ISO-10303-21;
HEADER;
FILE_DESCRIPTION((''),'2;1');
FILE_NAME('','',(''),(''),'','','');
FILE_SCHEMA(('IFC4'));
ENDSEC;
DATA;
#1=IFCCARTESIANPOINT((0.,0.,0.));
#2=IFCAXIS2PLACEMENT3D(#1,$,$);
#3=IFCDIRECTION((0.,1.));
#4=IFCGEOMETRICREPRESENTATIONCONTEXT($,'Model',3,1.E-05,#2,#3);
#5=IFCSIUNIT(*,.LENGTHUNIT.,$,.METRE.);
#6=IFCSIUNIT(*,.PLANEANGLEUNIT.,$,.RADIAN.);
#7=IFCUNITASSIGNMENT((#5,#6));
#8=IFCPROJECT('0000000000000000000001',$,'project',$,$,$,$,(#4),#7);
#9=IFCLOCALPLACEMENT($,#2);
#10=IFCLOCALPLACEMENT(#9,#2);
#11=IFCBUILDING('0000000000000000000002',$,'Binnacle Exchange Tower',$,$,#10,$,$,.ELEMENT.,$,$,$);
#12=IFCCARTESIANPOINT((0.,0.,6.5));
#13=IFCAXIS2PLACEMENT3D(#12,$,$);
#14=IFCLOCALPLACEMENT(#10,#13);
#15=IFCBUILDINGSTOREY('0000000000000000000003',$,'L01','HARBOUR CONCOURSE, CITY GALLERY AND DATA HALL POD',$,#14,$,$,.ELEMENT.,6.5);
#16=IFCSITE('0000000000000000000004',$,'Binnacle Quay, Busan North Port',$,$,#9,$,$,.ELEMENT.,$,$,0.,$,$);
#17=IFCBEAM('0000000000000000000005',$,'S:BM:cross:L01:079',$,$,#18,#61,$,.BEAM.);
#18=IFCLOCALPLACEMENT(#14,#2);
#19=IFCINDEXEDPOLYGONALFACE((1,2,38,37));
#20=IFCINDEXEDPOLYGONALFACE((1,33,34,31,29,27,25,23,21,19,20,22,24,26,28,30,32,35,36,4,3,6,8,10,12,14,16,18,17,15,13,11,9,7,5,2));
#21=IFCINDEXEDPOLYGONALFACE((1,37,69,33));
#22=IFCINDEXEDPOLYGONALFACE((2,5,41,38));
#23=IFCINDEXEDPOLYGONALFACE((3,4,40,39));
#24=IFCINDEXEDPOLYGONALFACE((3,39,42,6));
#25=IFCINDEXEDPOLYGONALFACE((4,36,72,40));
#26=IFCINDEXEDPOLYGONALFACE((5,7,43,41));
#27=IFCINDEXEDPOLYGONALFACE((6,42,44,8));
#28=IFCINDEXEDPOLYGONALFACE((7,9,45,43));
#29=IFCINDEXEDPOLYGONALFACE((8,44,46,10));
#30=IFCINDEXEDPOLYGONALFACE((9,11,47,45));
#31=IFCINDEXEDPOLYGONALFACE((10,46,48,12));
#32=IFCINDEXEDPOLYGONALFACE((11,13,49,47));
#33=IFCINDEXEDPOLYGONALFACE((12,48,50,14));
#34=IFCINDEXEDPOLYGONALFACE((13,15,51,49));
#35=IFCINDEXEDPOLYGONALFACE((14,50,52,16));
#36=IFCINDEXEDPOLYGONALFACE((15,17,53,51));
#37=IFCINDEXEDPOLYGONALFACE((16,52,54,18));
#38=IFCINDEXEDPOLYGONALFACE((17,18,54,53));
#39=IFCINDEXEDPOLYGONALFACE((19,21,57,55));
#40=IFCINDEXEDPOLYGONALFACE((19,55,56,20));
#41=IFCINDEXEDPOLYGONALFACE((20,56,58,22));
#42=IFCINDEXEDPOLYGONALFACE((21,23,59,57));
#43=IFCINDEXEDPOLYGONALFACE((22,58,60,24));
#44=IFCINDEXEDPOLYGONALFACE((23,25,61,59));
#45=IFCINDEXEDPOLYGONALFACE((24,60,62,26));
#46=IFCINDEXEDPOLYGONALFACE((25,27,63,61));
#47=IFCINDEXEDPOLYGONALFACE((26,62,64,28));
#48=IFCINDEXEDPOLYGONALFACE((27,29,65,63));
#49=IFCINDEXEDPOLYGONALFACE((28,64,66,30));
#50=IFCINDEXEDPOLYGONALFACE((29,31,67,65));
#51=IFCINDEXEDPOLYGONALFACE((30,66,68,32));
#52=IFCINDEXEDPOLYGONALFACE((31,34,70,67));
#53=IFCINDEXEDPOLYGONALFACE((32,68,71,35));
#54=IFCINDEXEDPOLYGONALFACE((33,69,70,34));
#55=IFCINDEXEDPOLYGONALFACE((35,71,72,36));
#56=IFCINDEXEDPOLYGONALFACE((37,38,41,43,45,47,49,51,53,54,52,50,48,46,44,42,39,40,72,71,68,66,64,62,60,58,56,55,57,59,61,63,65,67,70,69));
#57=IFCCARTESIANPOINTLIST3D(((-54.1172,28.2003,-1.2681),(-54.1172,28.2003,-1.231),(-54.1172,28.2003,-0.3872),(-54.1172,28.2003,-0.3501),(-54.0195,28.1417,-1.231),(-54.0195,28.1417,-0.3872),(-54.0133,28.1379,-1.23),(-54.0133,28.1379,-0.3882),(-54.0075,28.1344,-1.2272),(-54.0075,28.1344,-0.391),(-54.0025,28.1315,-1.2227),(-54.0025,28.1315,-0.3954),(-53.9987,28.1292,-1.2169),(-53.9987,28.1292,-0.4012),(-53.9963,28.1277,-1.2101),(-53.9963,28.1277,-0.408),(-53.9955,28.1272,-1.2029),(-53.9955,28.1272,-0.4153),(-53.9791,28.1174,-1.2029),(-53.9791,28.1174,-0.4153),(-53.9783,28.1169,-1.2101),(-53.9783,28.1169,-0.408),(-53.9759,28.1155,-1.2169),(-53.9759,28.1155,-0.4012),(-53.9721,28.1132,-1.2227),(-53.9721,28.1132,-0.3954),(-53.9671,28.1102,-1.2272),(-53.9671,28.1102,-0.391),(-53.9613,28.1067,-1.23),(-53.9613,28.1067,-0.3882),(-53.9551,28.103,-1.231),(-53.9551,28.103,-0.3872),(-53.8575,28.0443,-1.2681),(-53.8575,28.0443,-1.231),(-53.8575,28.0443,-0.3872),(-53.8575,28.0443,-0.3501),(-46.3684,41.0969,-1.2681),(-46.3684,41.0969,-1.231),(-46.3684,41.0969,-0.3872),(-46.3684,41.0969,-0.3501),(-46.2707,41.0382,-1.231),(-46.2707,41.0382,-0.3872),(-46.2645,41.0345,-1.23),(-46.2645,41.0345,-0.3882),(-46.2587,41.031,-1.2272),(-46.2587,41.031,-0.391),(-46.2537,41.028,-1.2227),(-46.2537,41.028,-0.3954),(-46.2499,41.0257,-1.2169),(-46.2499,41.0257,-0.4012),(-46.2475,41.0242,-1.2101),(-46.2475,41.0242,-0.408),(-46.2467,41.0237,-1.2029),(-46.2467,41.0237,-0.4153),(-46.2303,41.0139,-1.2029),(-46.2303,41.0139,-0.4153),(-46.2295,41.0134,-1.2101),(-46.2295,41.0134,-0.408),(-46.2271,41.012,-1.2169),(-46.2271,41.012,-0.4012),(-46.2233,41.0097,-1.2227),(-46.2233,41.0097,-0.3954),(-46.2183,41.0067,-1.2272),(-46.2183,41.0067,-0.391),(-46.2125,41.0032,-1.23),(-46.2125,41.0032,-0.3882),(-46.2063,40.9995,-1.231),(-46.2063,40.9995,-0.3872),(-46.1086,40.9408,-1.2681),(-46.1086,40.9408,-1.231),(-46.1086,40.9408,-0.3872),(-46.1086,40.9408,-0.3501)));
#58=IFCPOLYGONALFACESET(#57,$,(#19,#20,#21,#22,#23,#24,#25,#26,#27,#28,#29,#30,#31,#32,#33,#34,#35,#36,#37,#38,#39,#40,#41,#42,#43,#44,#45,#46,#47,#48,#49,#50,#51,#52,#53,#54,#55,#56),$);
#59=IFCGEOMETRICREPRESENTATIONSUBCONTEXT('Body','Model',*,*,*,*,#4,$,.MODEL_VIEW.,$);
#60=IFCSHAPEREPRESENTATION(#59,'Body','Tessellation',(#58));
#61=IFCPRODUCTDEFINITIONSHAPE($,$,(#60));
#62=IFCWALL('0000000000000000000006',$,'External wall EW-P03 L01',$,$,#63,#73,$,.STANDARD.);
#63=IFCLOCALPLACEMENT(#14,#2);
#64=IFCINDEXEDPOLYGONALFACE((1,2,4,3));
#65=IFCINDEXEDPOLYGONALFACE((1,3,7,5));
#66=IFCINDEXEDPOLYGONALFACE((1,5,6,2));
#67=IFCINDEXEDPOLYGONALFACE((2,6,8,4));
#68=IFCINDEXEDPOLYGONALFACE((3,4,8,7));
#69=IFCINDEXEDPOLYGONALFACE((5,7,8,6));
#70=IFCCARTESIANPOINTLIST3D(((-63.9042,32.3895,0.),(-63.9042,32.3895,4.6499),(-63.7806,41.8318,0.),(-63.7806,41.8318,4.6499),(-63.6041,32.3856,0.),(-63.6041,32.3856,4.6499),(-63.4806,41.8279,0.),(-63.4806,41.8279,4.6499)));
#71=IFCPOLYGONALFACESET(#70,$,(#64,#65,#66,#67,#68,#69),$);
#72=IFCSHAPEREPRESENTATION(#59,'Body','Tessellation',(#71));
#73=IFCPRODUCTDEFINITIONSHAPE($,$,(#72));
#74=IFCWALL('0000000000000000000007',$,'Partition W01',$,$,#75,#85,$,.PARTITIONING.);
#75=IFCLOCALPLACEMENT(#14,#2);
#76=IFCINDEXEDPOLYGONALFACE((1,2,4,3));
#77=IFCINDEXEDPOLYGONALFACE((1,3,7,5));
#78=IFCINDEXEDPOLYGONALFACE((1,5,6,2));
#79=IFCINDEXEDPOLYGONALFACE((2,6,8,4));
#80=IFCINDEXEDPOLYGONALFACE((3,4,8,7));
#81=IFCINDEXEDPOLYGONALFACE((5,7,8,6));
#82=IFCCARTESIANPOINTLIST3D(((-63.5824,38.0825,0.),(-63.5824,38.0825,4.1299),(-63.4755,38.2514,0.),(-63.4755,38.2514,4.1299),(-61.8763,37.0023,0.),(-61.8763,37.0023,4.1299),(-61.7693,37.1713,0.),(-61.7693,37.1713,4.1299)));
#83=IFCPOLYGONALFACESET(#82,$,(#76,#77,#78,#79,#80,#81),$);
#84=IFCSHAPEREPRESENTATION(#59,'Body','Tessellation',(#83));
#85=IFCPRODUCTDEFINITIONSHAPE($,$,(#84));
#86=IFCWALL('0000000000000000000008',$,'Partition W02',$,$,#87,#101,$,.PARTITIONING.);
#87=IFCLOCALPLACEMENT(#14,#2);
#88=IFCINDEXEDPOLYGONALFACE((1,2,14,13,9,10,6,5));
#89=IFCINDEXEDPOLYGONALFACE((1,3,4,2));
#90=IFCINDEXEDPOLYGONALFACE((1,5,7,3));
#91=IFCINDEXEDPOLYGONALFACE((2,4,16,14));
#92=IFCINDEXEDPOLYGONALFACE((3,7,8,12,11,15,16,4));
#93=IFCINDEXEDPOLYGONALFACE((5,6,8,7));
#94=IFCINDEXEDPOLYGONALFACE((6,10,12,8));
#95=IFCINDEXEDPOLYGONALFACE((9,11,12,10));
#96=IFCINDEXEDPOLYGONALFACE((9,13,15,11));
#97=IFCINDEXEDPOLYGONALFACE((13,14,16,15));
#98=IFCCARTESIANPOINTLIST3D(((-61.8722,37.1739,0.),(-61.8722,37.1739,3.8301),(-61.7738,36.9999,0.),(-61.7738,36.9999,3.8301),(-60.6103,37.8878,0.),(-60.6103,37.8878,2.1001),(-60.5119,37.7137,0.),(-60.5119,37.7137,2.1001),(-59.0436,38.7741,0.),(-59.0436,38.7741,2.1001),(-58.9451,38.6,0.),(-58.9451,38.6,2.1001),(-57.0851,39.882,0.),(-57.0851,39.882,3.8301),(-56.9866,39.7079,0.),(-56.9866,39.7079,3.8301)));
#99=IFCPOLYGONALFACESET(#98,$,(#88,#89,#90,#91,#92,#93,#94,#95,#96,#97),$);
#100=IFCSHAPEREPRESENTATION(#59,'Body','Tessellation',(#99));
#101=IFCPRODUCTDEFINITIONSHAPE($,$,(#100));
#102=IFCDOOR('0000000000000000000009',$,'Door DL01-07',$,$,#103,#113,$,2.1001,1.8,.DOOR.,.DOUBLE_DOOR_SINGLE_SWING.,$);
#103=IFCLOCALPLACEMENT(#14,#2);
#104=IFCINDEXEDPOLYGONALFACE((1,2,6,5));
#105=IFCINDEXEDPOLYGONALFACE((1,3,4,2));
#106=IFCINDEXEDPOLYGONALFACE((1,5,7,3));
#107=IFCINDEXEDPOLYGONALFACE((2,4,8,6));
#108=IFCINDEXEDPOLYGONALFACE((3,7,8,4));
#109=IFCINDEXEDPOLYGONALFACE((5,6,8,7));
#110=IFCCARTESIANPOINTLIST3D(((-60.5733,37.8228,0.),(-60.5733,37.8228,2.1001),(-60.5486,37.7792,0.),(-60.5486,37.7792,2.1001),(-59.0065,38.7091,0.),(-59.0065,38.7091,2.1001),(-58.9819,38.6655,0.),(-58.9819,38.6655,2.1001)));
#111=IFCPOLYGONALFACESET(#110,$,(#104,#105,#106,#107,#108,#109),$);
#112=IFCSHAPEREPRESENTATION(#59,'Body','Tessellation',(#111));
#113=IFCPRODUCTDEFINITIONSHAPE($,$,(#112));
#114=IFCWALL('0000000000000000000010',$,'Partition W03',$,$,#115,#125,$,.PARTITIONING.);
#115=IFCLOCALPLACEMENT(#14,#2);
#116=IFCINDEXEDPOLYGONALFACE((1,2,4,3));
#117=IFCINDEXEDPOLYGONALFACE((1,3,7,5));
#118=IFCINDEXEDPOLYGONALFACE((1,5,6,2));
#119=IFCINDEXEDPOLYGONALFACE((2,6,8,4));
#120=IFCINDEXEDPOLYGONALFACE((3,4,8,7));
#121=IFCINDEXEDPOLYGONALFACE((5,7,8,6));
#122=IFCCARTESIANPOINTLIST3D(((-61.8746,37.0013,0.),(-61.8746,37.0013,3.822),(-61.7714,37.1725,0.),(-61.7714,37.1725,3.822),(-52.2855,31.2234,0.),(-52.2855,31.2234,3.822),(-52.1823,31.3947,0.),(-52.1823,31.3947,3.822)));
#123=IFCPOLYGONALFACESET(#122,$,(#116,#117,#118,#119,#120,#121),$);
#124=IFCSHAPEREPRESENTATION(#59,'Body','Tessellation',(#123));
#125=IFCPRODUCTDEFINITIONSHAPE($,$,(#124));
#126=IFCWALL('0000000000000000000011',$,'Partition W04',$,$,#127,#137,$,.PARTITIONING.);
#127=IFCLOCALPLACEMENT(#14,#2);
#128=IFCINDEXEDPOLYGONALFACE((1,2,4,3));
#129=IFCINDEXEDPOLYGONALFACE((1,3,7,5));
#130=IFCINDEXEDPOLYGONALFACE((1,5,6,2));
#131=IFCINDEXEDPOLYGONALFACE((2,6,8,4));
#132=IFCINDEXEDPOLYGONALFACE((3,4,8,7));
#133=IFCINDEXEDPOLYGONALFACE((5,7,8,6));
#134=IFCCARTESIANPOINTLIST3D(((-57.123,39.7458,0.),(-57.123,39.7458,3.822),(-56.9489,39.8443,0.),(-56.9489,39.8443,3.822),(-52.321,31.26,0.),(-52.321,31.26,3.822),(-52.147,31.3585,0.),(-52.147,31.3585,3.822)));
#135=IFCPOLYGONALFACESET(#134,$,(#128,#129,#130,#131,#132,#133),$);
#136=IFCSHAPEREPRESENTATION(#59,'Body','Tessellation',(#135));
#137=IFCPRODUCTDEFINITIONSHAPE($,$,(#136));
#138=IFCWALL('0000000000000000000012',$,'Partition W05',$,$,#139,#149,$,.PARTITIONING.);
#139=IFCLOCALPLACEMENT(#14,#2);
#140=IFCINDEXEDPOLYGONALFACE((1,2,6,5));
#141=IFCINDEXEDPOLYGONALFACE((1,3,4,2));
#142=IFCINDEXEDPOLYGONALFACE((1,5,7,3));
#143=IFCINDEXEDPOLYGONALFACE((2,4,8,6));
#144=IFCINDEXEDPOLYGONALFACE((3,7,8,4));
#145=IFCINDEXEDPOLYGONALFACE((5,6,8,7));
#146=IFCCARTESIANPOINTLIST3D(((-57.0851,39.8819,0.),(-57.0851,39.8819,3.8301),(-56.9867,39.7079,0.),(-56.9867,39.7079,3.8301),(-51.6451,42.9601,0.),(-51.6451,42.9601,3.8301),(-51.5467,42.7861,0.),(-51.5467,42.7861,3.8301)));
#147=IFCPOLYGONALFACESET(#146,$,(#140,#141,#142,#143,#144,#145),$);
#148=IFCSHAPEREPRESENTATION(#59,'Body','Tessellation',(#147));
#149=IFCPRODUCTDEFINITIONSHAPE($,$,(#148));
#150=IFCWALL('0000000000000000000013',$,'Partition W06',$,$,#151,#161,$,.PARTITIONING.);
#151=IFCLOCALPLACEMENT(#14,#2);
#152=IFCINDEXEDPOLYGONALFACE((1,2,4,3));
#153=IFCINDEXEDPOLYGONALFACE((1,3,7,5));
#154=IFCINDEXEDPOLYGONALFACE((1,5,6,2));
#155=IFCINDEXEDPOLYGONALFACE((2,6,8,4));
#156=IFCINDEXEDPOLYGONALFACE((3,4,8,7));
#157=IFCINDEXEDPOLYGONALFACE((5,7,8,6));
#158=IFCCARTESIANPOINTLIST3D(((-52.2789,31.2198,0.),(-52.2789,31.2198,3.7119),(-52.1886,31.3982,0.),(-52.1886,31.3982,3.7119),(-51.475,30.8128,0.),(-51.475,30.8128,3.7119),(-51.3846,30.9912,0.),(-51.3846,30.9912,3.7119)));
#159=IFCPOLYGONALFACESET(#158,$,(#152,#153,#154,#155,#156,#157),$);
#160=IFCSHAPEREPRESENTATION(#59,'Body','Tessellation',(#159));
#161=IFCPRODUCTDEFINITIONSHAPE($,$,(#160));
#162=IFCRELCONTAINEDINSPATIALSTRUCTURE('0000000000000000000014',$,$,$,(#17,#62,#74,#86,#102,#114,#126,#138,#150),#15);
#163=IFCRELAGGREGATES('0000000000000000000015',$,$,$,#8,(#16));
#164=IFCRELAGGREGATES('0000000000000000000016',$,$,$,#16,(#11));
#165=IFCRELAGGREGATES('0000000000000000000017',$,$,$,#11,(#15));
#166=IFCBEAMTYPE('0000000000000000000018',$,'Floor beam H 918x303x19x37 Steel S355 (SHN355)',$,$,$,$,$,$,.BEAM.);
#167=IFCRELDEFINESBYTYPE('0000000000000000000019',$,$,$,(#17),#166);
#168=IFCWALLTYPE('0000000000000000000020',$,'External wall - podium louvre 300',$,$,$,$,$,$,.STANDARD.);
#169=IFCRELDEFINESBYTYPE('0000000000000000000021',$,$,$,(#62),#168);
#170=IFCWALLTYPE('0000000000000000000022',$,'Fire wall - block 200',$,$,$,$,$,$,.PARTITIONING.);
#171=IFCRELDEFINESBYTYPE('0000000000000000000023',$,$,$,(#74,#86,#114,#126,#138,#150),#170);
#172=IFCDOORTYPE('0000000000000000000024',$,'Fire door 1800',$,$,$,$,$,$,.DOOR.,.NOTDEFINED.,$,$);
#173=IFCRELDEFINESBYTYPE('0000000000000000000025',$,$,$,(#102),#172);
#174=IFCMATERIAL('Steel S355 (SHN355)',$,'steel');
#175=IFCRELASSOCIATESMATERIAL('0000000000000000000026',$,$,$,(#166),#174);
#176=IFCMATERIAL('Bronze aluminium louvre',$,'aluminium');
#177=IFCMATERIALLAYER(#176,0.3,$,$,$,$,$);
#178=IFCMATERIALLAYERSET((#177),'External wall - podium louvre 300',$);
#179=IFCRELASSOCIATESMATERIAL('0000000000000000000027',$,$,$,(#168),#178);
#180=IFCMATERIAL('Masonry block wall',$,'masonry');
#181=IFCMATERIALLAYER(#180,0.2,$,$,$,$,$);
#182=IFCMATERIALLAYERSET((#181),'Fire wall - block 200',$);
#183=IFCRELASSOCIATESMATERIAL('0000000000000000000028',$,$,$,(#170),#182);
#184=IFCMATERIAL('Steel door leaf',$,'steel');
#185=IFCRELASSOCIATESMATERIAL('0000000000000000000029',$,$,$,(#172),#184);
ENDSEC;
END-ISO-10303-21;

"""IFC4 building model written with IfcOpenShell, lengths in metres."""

from ifc_helpers import new_model, si_unit, direction, frame, frame_2d, origin, origin_2d, place, context, subcontext, project, spatial, rectangle, i_section, extrude, material, layer, layer_set, material_profile, profile_set, type_object, element, fill, save


model = new_model("IFC4")

# Units and contexts
model_context = context("Model", 3, precision=1e-05, world=origin(), true_north=direction((0.0, 1.0)))
body_context = subcontext(model_context, "Body", "Model", "MODEL_VIEW")
ifc_project = project(units=[si_unit("LENGTHUNIT", "METRE"), si_unit("PLANEANGLEUNIT", "RADIAN")], contexts=[model_context])

# Site, building, storey
site_placement = place(None, origin())
site = spatial("IfcSite", under=ifc_project, at=site_placement, Name="Binnacle Quay, Busan North Port", CompositionType="ELEMENT", RefElevation=0.0)
building_placement = place(site_placement, origin())
building = spatial("IfcBuilding", under=site, at=building_placement, Name="Binnacle Exchange Tower", CompositionType="ELEMENT")
storey_placement = place(building_placement, frame((0.0, 0.0, 6.5)))
storey = spatial("IfcBuildingStorey", under=building, at=storey_placement, Name="L01", Description="HARBOUR CONCOURSE, CITY GALLERY AND DATA HALL POD", CompositionType="ELEMENT", Elevation=6.5)

# Beam
ifc_material_1 = material(Name="Steel S355 (SHN355)", Category="steel")
ifc_material_profile_1 = material_profile(ifc_material_1, i_section(OverallWidth=0.303, OverallDepth=0.918, WebThickness=0.019, FlangeThickness=0.0371, FilletRadius=0.0281, at=origin_2d()), Name="H 918x303x19x37")
ifc_profile_set_1 = profile_set([ifc_material_profile_1], Name="Steel S355 (SHN355)")
beam_type_1 = type_object("IfcBeamType", Name="Floor beam H 918x303x19x37 Steel S355 (SHN355)", PredefinedType="BEAM", material=ifc_profile_set_1)
beam_1_placement = place(storey_placement, frame((-53.9873, 28.1223, -0.8091), z_axis=(0.515028, 0.857173, 0.0), x_axis=(-0.857173, 0.515028, 0.0)))
element("IfcBeam", 1, at=beam_1_placement, inside=storey, type_object=beam_type_1, Name="S:BM:cross:L01:079", PredefinedType="BEAM", context=body_context, shape_type="SweptSolid", body=[
    extrude(i_section(OverallWidth=0.303, OverallDepth=0.918, WebThickness=0.019, FlangeThickness=0.0371, FilletRadius=0.0281, at=origin_2d()), origin(), (0.0, 0.0, 1.0), 15.0454),
])

# Walls
ifc_material_2 = material(Name="Bronze aluminium louvre", Category="aluminium")
ifc_layer_1 = layer(ifc_material_2, 0.3)
ifc_layer_set_1 = layer_set([ifc_layer_1], Name="External wall - podium louvre 300")
wall_type_1 = type_object("IfcWallType", Name="External wall - podium louvre 300", PredefinedType="STANDARD", material=ifc_layer_set_1)
wall_1_placement = place(storey_placement, frame((-63.7542, 32.3875, 0.0), z_axis=(0.0, 0.0, 1.0), x_axis=(0.013082, 0.999914, 0.0)))
element("IfcWall", 2, at=wall_1_placement, inside=storey, type_object=wall_type_1, Name="External wall EW-P03 L01", PredefinedType="STANDARD", context=body_context, shape_type="SweptSolid", body=[
    extrude(rectangle(XDim=9.4431, YDim=0.3, at=frame_2d((4.7217, 0.0))), origin(), (0.0, 0.0, 1.0), 4.6499),
])
ifc_material_3 = material(Name="Masonry block wall", Category="masonry")
ifc_layer_2 = layer(ifc_material_3, 0.2)
ifc_layer_set_2 = layer_set([ifc_layer_2], Name="Fire wall - block 200")
wall_type_2 = type_object("IfcWallType", Name="Fire wall - block 200", PredefinedType="PARTITIONING", material=ifc_layer_set_2)
wall_2_placement = place(storey_placement, frame((-63.5291, 38.167, 0.0), z_axis=(0.0, 0.0, 1.0), x_axis=(0.844914, -0.534902, 0.0)))
element("IfcWall", 3, at=wall_2_placement, inside=storey, type_object=wall_type_2, Name="Partition W01", PredefinedType="PARTITIONING", context=body_context, shape_type="SweptSolid", body=[
    extrude(rectangle(XDim=2.0193, YDim=0.2, at=frame_2d((1.0098, 0.0))), origin(), (0.0, 0.0, 1.0), 4.1299),
])

# Wall, opening, door
wall_3_placement = place(storey_placement, frame((-61.823, 37.0869, 0.0), z_axis=(0.0, 0.0, 1.0), x_axis=(0.870388, 0.492367, 0.0)))
wall_3 = element("IfcWall", 4, at=wall_3_placement, inside=storey, type_object=wall_type_2, Name="Partition W02", PredefinedType="PARTITIONING", context=body_context, shape_type="SweptSolid", body=[
    extrude(rectangle(XDim=5.5, YDim=0.2, at=frame_2d((2.75, 0.0))), origin(), (0.0, 0.0, 1.0), 3.8301),
])
opening_placement = place(wall_3_placement, frame((1.45, 0.0, 0.0)))
opening = element("IfcOpeningElement", 5, at=opening_placement, cuts=wall_3, PredefinedType="OPENING", context=body_context, shape_type="SweptSolid", body=[
    extrude(rectangle(XDim=1.8, YDim=2.1001, at=frame_2d((0.8999, 1.05))), frame((0.0, 0.1099, 0.0), z_axis=(0.0, -1.0, 0.0), x_axis=(1.0, 0.0, 0.0)), (0.0, 0.0, 1.0), 0.22),
])
ifc_material_4 = material(Name="Steel door leaf", Category="steel")
door_type = type_object("IfcDoorType", Name="Fire door 1800", OperationType="NOTDEFINED", PredefinedType="DOOR", material=ifc_material_4)
door_placement = place(opening_placement, frame((1.8, 0.0, 0.0), z_axis=(0.0, 0.0, 1.0), x_axis=(-1.0, 0.0, 0.0)))
door = element("IfcDoor", 6, at=door_placement, inside=storey, type_object=door_type, Name="Door DL01-07", OperationType="DOUBLE_DOOR_SINGLE_SWING", OverallHeight=2.1001, OverallWidth=1.8, PredefinedType="DOOR", context=body_context, shape_type="SweptSolid", body=[
    extrude(rectangle(XDim=1.8, YDim=2.1001, at=frame_2d((0.8999, 1.05))), frame((0.0, 0.0249, 0.0), z_axis=(0.0, -1.0, 0.0), x_axis=(1.0, 0.0, 0.0)), (0.0, 0.0, 1.0), 0.05),
])
fill(opening, door)

# Walls
wall_4_placement = place(storey_placement, frame((-61.823, 37.0869, 0.0), z_axis=(0.0, 0.0, 1.0), x_axis=(0.856531, -0.516095, 0.0)))
element("IfcWall", 7, at=wall_4_placement, inside=storey, type_object=wall_type_2, Name="Partition W03", PredefinedType="PARTITIONING", context=body_context, shape_type="SweptSolid", body=[
    extrude(rectangle(XDim=11.1953, YDim=0.2, at=frame_2d((5.5977, 0.0))), origin(), (0.0, 0.0, 1.0), 3.822),
])
wall_5_placement = place(storey_placement, frame((-57.0359, 39.7949, 0.0), z_axis=(0.0, 0.0, 1.0), x_axis=(0.492497, -0.870314, 0.0)))
element("IfcWall", 8, at=wall_5_placement, inside=storey, type_object=wall_type_2, Name="Partition W04", PredefinedType="PARTITIONING", context=body_context, shape_type="SweptSolid", body=[
    extrude(rectangle(XDim=9.7502, YDim=0.2, at=frame_2d((4.875, 0.0))), origin(), (0.0, 0.0, 1.0), 3.822),
])
wall_6_placement = place(storey_placement, frame((-57.0359, 39.7949, 0.0), z_axis=(0.0, 0.0, 1.0), x_axis=(0.870331, 0.492466, 0.0)))
element("IfcWall", 9, at=wall_6_placement, inside=storey, type_object=wall_type_2, Name="Partition W05", PredefinedType="PARTITIONING", context=body_context, shape_type="SweptSolid", body=[
    extrude(rectangle(XDim=6.2505, YDim=0.2, at=frame_2d((3.1252, 0.0))), origin(), (0.0, 0.0, 1.0), 3.8301),
])
wall_7_placement = place(storey_placement, frame((-52.2339, 31.3091, 0.0), z_axis=(0.0, 0.0, 1.0), x_axis=(0.892194, -0.451651, 0.0)))
element("IfcWall", 10, at=wall_7_placement, inside=storey, type_object=wall_type_2, Name="Partition W06", PredefinedType="PARTITIONING", context=body_context, shape_type="SweptSolid", body=[
    extrude(rectangle(XDim=0.9011, YDim=0.2, at=frame_2d((0.4507, 0.0))), origin(), (0.0, 0.0, 1.0), 3.7119),
])

save(model, "model.ifc")
